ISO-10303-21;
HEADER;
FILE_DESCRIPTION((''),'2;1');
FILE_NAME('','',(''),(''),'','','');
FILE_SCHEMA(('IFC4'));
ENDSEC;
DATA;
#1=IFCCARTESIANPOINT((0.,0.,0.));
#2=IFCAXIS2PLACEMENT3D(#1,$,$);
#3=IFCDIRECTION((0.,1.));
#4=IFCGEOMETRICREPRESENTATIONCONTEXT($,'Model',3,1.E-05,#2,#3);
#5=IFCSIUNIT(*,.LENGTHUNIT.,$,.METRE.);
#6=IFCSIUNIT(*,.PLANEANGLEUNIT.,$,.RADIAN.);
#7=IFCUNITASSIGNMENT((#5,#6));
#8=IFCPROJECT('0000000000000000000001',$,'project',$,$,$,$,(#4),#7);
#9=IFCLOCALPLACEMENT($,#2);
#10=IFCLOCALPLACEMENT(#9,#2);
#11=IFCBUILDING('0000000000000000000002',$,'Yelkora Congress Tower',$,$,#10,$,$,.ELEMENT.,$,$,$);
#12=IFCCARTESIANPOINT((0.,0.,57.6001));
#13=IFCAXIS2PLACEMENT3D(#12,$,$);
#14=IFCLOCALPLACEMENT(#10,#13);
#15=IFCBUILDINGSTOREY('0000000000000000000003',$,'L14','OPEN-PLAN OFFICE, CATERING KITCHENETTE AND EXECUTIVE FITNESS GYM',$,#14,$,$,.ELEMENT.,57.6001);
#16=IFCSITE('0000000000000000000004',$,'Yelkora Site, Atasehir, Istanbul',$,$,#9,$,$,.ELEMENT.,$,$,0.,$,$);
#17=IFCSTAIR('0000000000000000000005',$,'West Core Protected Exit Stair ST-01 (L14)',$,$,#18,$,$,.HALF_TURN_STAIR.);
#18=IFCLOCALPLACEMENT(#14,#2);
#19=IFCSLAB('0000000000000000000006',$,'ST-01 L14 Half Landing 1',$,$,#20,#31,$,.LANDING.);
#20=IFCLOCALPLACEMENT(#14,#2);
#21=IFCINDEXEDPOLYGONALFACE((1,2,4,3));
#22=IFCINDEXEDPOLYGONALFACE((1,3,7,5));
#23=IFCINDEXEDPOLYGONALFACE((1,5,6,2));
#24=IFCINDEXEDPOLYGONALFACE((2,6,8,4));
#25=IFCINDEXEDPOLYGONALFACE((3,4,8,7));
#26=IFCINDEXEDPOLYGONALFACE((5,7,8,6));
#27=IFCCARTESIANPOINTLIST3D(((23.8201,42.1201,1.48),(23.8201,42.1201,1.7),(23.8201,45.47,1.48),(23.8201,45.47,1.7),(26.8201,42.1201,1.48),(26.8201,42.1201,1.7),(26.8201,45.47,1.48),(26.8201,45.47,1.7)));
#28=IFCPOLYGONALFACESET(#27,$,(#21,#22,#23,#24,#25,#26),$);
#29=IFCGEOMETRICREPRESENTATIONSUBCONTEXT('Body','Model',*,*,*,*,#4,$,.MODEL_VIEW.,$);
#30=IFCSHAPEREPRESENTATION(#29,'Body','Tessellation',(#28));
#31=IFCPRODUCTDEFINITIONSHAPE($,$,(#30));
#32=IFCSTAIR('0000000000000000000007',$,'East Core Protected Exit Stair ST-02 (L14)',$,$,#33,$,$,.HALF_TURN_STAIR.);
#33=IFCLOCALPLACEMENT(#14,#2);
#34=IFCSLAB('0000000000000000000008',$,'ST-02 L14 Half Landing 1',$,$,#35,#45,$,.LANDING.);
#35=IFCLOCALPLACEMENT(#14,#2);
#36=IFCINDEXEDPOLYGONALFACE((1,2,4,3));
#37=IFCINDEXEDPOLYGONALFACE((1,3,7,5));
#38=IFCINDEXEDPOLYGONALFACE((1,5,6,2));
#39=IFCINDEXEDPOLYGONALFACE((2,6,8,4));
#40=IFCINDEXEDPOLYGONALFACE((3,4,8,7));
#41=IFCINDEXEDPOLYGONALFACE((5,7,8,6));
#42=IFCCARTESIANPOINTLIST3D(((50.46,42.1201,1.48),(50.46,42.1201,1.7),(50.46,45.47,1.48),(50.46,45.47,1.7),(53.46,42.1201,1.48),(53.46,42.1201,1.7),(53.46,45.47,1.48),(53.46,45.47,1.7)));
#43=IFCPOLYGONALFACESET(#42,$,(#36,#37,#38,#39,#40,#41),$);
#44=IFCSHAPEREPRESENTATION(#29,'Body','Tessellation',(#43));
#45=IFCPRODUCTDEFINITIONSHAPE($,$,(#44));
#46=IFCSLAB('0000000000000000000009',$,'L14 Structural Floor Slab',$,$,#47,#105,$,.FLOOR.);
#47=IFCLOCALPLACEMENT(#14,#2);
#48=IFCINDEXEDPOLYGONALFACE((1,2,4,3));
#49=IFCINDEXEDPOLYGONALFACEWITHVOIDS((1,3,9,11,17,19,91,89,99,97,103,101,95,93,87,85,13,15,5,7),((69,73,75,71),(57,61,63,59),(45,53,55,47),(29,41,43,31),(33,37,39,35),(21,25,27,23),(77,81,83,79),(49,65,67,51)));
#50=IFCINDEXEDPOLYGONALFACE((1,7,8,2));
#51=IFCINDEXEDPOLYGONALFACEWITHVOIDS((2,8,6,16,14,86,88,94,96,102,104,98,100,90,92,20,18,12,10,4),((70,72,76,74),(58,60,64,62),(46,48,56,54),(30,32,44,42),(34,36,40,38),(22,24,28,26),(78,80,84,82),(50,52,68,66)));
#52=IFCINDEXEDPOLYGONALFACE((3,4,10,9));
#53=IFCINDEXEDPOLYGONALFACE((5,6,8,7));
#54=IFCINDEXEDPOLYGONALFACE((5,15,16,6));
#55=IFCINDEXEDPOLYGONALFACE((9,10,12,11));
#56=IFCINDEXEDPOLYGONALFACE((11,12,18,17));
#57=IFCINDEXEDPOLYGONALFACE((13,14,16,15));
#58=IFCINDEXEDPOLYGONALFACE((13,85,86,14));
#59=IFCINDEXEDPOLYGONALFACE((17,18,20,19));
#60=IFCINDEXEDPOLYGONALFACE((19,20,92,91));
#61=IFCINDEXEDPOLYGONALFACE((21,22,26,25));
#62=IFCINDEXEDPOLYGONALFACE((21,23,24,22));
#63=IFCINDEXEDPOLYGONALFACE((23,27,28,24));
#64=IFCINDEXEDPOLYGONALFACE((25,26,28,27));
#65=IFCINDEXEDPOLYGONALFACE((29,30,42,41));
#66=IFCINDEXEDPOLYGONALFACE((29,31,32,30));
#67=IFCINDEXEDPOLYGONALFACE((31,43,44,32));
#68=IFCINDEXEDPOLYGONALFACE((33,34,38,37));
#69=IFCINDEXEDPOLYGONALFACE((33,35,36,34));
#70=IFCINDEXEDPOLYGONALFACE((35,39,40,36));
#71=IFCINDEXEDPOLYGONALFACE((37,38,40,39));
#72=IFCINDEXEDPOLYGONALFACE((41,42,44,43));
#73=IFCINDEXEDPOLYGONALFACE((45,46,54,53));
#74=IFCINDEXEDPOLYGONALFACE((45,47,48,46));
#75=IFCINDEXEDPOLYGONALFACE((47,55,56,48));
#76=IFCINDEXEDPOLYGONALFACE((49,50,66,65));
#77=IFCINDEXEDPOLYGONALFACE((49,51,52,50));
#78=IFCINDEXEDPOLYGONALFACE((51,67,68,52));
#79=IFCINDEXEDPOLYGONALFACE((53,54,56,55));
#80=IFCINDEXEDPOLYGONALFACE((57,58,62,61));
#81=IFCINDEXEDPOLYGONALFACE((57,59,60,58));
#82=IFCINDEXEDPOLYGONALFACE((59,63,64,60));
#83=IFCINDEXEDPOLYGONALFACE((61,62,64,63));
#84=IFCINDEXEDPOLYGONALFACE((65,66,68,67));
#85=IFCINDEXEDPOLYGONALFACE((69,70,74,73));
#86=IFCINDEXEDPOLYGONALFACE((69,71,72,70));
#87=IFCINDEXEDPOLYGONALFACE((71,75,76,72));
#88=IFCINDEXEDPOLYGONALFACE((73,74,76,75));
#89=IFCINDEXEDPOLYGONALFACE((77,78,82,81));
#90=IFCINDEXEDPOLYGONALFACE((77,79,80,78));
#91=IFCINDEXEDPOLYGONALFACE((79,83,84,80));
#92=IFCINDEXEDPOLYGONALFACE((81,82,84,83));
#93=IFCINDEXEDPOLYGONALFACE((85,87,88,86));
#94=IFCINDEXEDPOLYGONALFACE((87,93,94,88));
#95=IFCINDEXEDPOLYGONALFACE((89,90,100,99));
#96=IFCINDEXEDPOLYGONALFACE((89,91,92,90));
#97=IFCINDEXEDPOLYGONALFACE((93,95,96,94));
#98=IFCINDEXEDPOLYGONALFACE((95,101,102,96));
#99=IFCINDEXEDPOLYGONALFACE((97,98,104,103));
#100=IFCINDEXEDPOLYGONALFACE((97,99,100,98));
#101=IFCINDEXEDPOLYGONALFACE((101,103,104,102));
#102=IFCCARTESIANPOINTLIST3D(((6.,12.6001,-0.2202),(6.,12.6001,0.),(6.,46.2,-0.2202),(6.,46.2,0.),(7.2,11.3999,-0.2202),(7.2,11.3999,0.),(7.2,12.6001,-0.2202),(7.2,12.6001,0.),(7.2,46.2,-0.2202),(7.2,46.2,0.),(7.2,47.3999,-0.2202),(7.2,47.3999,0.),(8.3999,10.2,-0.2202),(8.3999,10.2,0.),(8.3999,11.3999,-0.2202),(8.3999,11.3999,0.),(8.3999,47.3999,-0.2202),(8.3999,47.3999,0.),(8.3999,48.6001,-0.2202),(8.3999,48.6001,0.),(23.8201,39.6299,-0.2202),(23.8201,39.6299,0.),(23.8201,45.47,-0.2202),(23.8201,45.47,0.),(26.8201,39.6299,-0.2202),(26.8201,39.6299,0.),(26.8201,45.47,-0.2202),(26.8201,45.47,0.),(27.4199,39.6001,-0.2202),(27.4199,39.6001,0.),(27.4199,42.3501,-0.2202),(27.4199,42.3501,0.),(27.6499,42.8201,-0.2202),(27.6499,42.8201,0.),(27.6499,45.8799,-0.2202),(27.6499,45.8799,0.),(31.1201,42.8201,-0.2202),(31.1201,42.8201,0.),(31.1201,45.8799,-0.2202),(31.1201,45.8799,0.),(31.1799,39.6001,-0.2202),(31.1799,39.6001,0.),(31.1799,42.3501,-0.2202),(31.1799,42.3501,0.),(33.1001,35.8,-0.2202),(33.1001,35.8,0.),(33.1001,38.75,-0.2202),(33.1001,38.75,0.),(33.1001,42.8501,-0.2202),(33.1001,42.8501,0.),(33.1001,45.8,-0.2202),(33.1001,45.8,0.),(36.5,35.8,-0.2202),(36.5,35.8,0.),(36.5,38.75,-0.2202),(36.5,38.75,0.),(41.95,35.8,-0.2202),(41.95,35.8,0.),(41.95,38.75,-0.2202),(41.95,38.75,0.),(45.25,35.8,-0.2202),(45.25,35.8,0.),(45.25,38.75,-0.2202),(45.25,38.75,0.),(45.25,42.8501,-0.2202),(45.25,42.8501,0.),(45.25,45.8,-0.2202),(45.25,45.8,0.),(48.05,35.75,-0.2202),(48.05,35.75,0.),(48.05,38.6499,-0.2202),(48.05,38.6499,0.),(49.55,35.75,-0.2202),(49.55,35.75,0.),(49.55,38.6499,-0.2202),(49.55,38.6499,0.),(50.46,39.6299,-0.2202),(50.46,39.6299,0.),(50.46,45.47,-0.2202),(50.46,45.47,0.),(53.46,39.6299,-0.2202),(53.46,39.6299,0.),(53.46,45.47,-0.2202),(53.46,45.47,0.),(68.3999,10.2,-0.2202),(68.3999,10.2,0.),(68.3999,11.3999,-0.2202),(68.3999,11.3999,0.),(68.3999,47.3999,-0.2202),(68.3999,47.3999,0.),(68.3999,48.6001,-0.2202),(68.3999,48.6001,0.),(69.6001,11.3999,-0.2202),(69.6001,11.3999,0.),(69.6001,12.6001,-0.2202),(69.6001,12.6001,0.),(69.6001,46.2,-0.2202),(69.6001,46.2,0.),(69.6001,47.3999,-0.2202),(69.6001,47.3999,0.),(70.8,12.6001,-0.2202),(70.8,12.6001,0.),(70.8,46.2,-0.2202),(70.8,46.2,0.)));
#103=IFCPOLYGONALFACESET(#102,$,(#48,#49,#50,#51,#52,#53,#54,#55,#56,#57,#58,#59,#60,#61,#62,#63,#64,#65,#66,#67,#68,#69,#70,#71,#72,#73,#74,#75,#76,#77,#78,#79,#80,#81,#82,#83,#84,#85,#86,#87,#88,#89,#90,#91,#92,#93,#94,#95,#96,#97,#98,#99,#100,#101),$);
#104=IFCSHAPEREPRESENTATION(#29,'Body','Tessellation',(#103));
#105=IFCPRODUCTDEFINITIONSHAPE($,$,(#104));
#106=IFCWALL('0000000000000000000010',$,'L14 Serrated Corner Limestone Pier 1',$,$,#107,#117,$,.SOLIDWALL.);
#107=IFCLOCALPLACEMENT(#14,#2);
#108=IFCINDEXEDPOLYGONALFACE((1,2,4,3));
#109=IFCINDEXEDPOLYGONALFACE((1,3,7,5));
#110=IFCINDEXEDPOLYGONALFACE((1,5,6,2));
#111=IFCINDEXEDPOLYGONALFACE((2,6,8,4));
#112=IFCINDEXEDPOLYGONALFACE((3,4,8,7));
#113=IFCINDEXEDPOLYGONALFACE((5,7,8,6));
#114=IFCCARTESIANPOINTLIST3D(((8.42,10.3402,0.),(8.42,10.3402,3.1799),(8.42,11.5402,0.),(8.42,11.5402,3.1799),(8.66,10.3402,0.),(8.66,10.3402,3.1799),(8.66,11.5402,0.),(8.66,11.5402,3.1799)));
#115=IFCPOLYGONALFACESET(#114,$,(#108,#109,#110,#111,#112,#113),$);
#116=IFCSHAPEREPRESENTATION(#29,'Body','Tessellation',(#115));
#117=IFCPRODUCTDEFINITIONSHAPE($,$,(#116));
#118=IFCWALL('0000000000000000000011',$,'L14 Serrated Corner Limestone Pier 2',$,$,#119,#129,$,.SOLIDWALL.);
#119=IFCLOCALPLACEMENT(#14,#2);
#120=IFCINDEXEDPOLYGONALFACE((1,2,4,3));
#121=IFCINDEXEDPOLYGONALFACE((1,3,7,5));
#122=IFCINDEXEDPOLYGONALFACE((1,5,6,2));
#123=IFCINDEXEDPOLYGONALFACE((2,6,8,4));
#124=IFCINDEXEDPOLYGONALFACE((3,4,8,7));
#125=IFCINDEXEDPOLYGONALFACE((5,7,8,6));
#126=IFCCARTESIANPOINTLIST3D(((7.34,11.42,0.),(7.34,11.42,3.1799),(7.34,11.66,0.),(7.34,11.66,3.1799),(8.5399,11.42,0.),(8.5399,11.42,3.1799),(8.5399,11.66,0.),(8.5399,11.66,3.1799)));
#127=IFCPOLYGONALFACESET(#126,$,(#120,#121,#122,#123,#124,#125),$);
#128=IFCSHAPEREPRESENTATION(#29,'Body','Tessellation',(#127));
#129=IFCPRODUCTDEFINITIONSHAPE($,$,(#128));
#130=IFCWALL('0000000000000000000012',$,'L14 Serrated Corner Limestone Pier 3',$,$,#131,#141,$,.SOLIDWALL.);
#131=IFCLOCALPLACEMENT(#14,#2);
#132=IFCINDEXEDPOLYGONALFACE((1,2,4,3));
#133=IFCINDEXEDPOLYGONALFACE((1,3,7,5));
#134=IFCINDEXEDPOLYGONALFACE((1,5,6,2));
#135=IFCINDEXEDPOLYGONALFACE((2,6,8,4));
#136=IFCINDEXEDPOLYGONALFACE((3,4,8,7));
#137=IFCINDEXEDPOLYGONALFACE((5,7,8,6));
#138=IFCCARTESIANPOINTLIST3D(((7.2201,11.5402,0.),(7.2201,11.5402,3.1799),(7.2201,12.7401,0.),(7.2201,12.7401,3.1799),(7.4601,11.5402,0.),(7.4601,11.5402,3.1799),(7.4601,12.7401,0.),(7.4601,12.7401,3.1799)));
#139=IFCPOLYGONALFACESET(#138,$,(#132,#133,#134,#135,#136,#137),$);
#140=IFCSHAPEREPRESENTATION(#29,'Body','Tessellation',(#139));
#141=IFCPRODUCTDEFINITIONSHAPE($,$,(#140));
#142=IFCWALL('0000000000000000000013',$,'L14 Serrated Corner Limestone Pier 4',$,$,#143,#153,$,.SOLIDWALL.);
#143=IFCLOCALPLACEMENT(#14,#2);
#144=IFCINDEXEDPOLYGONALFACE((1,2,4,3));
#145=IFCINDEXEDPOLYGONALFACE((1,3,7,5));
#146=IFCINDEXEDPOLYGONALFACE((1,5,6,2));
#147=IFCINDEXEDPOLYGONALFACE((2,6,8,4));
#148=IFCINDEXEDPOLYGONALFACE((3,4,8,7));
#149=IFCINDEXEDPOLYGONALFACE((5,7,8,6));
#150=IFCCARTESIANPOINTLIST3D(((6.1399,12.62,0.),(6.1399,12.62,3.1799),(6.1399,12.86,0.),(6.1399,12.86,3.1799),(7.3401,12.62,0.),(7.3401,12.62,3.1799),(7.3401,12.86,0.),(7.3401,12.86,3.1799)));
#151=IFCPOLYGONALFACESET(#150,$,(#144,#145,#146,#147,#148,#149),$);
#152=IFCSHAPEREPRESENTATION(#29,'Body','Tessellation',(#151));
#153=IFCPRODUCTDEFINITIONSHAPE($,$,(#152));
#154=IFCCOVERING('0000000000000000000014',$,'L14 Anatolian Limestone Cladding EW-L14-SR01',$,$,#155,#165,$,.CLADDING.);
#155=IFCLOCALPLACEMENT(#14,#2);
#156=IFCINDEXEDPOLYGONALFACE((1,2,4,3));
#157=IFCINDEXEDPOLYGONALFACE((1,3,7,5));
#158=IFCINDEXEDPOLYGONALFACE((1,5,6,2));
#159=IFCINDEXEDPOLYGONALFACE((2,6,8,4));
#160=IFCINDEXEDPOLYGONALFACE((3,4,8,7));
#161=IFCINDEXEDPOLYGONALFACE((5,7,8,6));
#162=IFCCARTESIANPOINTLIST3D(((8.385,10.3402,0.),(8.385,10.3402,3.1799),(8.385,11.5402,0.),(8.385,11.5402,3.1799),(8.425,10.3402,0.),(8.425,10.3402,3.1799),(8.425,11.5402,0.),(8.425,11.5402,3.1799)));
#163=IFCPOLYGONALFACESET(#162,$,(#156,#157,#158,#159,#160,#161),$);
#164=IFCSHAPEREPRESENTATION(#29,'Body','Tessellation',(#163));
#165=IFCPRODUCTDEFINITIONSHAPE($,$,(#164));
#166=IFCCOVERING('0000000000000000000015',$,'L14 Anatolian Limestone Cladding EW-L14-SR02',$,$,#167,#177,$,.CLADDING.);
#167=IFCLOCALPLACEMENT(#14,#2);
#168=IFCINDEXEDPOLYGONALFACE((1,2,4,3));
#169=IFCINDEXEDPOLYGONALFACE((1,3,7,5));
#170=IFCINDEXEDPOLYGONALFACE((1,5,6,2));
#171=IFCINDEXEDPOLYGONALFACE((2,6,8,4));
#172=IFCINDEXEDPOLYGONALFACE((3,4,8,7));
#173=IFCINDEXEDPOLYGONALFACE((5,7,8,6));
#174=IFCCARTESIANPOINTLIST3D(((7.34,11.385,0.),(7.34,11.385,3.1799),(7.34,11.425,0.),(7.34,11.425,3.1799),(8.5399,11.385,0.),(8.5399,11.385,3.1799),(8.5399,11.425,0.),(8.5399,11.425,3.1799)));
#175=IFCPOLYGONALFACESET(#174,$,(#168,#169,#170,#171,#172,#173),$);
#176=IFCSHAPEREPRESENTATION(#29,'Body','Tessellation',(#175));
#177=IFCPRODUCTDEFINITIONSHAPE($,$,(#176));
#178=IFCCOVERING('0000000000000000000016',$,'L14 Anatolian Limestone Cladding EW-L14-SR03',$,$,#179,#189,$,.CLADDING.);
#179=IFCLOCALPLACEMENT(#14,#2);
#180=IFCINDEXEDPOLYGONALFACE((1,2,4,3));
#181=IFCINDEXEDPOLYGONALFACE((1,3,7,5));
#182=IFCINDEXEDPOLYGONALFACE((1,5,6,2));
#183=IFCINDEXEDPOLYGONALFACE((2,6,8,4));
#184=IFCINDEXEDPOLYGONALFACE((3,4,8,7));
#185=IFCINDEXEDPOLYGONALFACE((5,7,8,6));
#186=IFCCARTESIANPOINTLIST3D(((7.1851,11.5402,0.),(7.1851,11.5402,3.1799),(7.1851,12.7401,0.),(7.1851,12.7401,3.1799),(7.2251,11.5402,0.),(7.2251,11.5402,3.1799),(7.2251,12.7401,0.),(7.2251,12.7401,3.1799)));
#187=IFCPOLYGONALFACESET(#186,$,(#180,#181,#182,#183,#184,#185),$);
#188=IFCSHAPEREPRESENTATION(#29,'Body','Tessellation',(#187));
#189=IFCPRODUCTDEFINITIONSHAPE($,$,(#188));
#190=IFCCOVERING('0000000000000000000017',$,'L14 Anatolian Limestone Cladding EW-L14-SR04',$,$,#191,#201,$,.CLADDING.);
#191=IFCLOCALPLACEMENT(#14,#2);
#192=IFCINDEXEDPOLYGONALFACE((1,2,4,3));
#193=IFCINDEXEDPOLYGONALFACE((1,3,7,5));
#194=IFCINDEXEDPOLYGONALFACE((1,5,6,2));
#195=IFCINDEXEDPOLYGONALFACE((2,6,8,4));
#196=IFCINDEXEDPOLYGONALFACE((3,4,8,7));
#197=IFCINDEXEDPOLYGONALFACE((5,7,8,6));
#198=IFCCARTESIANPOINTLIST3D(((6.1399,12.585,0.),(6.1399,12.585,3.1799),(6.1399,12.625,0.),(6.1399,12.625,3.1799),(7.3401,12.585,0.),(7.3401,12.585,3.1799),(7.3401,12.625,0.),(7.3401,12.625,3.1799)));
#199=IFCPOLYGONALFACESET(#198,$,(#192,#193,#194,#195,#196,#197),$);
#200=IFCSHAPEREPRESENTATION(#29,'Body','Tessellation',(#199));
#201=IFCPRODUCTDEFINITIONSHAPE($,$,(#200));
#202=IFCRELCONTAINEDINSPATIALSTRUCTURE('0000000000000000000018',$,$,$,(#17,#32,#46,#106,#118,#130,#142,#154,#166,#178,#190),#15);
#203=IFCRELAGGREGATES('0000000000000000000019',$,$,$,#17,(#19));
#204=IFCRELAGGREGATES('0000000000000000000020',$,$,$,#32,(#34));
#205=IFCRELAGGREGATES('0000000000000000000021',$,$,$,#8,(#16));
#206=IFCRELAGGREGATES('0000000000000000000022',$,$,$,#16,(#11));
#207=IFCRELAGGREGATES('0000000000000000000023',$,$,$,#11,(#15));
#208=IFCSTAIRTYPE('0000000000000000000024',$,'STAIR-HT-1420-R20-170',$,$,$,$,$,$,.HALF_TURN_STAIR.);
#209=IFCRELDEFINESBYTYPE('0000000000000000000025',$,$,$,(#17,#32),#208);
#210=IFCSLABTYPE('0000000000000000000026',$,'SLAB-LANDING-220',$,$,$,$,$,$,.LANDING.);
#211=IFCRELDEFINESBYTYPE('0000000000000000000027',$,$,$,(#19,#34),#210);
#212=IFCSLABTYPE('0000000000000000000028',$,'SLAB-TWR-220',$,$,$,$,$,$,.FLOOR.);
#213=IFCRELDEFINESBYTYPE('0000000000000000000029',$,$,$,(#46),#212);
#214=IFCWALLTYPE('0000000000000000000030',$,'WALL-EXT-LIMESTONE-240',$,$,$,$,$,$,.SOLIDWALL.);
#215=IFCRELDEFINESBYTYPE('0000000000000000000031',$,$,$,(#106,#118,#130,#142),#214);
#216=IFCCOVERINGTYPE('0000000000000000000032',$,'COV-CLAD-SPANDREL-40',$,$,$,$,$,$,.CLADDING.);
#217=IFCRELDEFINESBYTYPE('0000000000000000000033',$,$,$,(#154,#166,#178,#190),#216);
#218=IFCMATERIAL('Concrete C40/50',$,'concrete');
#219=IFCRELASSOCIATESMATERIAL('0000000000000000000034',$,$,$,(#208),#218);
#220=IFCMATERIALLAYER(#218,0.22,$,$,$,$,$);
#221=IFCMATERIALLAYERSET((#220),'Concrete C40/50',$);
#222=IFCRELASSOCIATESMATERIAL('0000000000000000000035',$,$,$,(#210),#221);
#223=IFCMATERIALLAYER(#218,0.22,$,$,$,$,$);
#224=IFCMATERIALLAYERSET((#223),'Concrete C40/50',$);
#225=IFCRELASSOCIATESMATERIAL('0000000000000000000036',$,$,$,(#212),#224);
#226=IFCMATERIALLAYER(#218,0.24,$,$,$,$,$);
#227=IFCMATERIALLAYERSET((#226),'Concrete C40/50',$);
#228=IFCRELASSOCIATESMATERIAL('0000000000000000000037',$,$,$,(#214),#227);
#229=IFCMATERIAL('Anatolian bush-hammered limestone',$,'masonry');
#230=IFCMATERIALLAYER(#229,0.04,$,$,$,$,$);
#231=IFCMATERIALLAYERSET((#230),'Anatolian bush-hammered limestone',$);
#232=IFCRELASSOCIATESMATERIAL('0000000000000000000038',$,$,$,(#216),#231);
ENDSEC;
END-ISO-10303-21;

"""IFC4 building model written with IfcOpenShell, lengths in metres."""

from ifc_helpers import new_model, si_unit, direction, frame, frame_2d, origin, place, context, subcontext, project, spatial, polyline, rectangle, outline, extrude, material, layer, layer_set, type_object, element, aggregate, save


model = new_model("IFC4")

# Units and contexts
model_context = context("Model", 3, precision=1e-05, world=origin(), true_north=direction((0.0, 1.0)))
body_context = subcontext(model_context, "Body", "Model", "MODEL_VIEW")
ifc_project = project(units=[si_unit("LENGTHUNIT", "METRE"), si_unit("PLANEANGLEUNIT", "RADIAN")], contexts=[model_context])

# Site, building, storey
site_placement = place(None, origin())
site = spatial("IfcSite", under=ifc_project, at=site_placement, Name="Yelkora Site, Atasehir, Istanbul", CompositionType="ELEMENT", RefElevation=0.0)
building_placement = place(site_placement, origin())
building = spatial("IfcBuilding", under=site, at=building_placement, Name="Yelkora Congress Tower", CompositionType="ELEMENT")
storey_placement = place(building_placement, frame((0.0, 0.0, 57.6001)))
storey = spatial("IfcBuildingStorey", under=building, at=storey_placement, Name="L14", Description="OPEN-PLAN OFFICE, CATERING KITCHENETTE AND EXECUTIVE FITNESS GYM", CompositionType="ELEMENT", Elevation=57.6001)

# Stairs, slabs
ifc_material_1 = material(Name="Concrete C40/50", Category="concrete")
stair_type = type_object("IfcStairType", Name="STAIR-HT-1420-R20-170", PredefinedType="HALF_TURN_STAIR", material=ifc_material_1)
stair_1_placement = place(storey_placement, origin())
stair_1 = element("IfcStair", 1, at=stair_1_placement, inside=storey, type_object=stair_type, Name="West Core Protected Exit Stair ST-01 (L14)", PredefinedType="HALF_TURN_STAIR")
ifc_layer_1 = layer(ifc_material_1, 0.22)
ifc_layer_set_1 = layer_set([ifc_layer_1], Name="Concrete C40/50")
slab_type_1 = type_object("IfcSlabType", Name="SLAB-LANDING-220", PredefinedType="LANDING", material=ifc_layer_set_1)
slab_1_placement = place(storey_placement, frame((0.0, 0.0, 1.48)))
slab_1 = element("IfcSlab", 2, at=slab_1_placement, type_object=slab_type_1, Name="ST-01 L14 Half Landing 1", PredefinedType="LANDING", context=body_context, shape_type="SweptSolid", body=[
    extrude(outline(polyline([(26.8201, 42.1201), (26.8201, 45.47), (23.8201, 45.47), (23.8201, 42.1201), (26.8201, 42.1201)])), origin(), (0.0, 0.0, 1.0), 0.22),
])
aggregate(stair_1, [slab_1])
stair_2_placement = place(storey_placement, origin())
stair_2 = element("IfcStair", 3, at=stair_2_placement, inside=storey, type_object=stair_type, Name="East Core Protected Exit Stair ST-02 (L14)", PredefinedType="HALF_TURN_STAIR")
slab_2_placement = place(storey_placement, frame((0.0, 0.0, 1.48)))
slab_2 = element("IfcSlab", 4, at=slab_2_placement, type_object=slab_type_1, Name="ST-02 L14 Half Landing 1", PredefinedType="LANDING", context=body_context, shape_type="SweptSolid", body=[
    extrude(outline(polyline([(53.46, 42.1201), (53.46, 45.47), (50.46, 45.47), (50.46, 42.1201), (53.46, 42.1201)])), origin(), (0.0, 0.0, 1.0), 0.22),
])
aggregate(stair_2, [slab_2])

# Slab
ifc_layer_2 = layer(ifc_material_1, 0.22)
ifc_layer_set_2 = layer_set([ifc_layer_2], Name="Concrete C40/50")
slab_type_2 = type_object("IfcSlabType", Name="SLAB-TWR-220", PredefinedType="FLOOR", material=ifc_layer_set_2)
slab_3_placement = place(storey_placement, frame((0.0, 0.0, -0.2202)))
element("IfcSlab", 5, at=slab_3_placement, inside=storey, type_object=slab_type_2, Name="L14 Structural Floor Slab", PredefinedType="FLOOR", context=body_context, shape_type="SweptSolid", body=[
    extrude(outline(polyline([(8.3999, 10.2), (68.3999, 10.2), (68.3999, 11.3999), (69.6001, 11.3999), (69.6001, 12.6001), (70.8, 12.6001), (70.8, 46.2), (69.6001, 46.2), (69.6001, 47.3999), (68.3999, 47.3999), (68.3999, 48.6001), (8.3999, 48.6001), (8.3999, 47.3999), (7.2, 47.3999), (7.2, 46.2), (6.0, 46.2), (6.0, 12.6001), (7.2, 12.6001), (7.2, 11.3999), (8.3999, 11.3999), (8.3999, 10.2)]), holes=[polyline([(23.8201, 39.6299), (26.8201, 39.6299), (26.8201, 45.47), (23.8201, 45.47), (23.8201, 39.6299)]), polyline([(50.46, 39.6299), (53.46, 39.6299), (53.46, 45.47), (50.46, 45.47), (50.46, 39.6299)]), polyline([(48.05, 35.75), (49.55, 35.75), (49.55, 38.6499), (48.05, 38.6499), (48.05, 35.75)]), polyline([(41.95, 35.8), (45.25, 35.8), (45.25, 38.75), (41.95, 38.75), (41.95, 35.8)]), polyline([(33.1001, 42.8501), (45.25, 42.8501), (45.25, 45.8), (33.1001, 45.8), (33.1001, 42.8501)]), polyline([(33.1001, 35.8), (36.5, 35.8), (36.5, 38.75), (33.1001, 38.75), (33.1001, 35.8)]), polyline([(27.4199, 39.6001), (31.1799, 39.6001), (31.1799, 42.3501), (27.4199, 42.3501), (27.4199, 39.6001)]), polyline([(27.6499, 42.8201), (31.1201, 42.8201), (31.1201, 45.8799), (27.6499, 45.8799), (27.6499, 42.8201)])]), origin(), (0.0, 0.0, 1.0), 0.2202),
])

# Walls
ifc_layer_3 = layer(ifc_material_1, 0.24)
ifc_layer_set_3 = layer_set([ifc_layer_3], Name="Concrete C40/50")
wall_type = type_object("IfcWallType", Name="WALL-EXT-LIMESTONE-240", PredefinedType="SOLIDWALL", material=ifc_layer_set_3)
for number, where, z_axis, x_axis, name in (
    (6, (8.54, 10.3401, 0.0), (0.0, 0.0, 1.0), (0.0, 1.0, 0.0), "L14 Serrated Corner Limestone Pier 1"),
    (7, (8.54, 11.54, 0.0), (0.0, 0.0, 1.0), (-1.0, 0.0, 0.0), "L14 Serrated Corner Limestone Pier 2"),
    (8, (7.3401, 11.54, 0.0), (0.0, 0.0, 1.0), (0.0, 1.0, 0.0), "L14 Serrated Corner Limestone Pier 3"),
):
    element("IfcWall", number, at=place(storey_placement, frame(where, z_axis=z_axis, x_axis=x_axis)), inside=storey, type_object=wall_type, Name=name, PredefinedType="SOLIDWALL", context=body_context, shape_type="SweptSolid", body=[
        extrude(rectangle(XDim=1.2, YDim=0.24, at=frame_2d((0.6001, 0.0))), origin(), (0.0, 0.0, 1.0), 3.1799),
    ])
wall_placement = place(storey_placement, frame((7.3401, 12.74, 0.0), z_axis=(0.0, 0.0, 1.0), x_axis=(-1.0, 0.0, 0.0)))
element("IfcWall", 9, at=wall_placement, inside=storey, type_object=wall_type, Name="L14 Serrated Corner Limestone Pier 4", PredefinedType="SOLIDWALL", context=body_context, shape_type="SweptSolid", body=[
    extrude(rectangle(XDim=1.2002, YDim=0.24, at=frame_2d((0.6001, 0.0))), origin(), (0.0, 0.0, 1.0), 3.1799),
])

# Coverings
ifc_material_2 = material(Name="Anatolian bush-hammered limestone", Category="masonry")
ifc_layer_4 = layer(ifc_material_2, 0.04)
ifc_layer_set_4 = layer_set([ifc_layer_4], Name="Anatolian bush-hammered limestone")
covering_type = type_object("IfcCoveringType", Name="COV-CLAD-SPANDREL-40", PredefinedType="CLADDING", material=ifc_layer_set_4)
for number, where, z_axis, x_axis, name in (
    (10, (8.405, 10.3401, 0.0), (0.0, 0.0, 1.0), (0.0, 1.0, 0.0), "L14 Anatolian Limestone Cladding EW-L14-SR01"),
    (11, (8.54, 11.405, 0.0), (0.0, 0.0, 1.0), (-1.0, 0.0, 0.0), "L14 Anatolian Limestone Cladding EW-L14-SR02"),
    (12, (7.2051, 11.54, 0.0), (0.0, 0.0, 1.0), (0.0, 1.0, 0.0), "L14 Anatolian Limestone Cladding EW-L14-SR03"),
):
    element("IfcCovering", number, at=place(storey_placement, frame(where, z_axis=z_axis, x_axis=x_axis)), inside=storey, type_object=covering_type, Name=name, PredefinedType="CLADDING", context=body_context, shape_type="SweptSolid", body=[
        extrude(rectangle(XDim=1.2, YDim=0.04, at=frame_2d((0.6001, 0.0))), origin(), (0.0, 0.0, 1.0), 3.1799),
    ])
covering_placement = place(storey_placement, frame((7.3401, 12.605, 0.0), z_axis=(0.0, 0.0, 1.0), x_axis=(-1.0, 0.0, 0.0)))
element("IfcCovering", 13, at=covering_placement, inside=storey, type_object=covering_type, Name="L14 Anatolian Limestone Cladding EW-L14-SR04", PredefinedType="CLADDING", context=body_context, shape_type="SweptSolid", body=[
    extrude(rectangle(XDim=1.2002, YDim=0.04, at=frame_2d((0.6001, 0.0))), origin(), (0.0, 0.0, 1.0), 3.1799),
])

save(model, "model.ifc")
